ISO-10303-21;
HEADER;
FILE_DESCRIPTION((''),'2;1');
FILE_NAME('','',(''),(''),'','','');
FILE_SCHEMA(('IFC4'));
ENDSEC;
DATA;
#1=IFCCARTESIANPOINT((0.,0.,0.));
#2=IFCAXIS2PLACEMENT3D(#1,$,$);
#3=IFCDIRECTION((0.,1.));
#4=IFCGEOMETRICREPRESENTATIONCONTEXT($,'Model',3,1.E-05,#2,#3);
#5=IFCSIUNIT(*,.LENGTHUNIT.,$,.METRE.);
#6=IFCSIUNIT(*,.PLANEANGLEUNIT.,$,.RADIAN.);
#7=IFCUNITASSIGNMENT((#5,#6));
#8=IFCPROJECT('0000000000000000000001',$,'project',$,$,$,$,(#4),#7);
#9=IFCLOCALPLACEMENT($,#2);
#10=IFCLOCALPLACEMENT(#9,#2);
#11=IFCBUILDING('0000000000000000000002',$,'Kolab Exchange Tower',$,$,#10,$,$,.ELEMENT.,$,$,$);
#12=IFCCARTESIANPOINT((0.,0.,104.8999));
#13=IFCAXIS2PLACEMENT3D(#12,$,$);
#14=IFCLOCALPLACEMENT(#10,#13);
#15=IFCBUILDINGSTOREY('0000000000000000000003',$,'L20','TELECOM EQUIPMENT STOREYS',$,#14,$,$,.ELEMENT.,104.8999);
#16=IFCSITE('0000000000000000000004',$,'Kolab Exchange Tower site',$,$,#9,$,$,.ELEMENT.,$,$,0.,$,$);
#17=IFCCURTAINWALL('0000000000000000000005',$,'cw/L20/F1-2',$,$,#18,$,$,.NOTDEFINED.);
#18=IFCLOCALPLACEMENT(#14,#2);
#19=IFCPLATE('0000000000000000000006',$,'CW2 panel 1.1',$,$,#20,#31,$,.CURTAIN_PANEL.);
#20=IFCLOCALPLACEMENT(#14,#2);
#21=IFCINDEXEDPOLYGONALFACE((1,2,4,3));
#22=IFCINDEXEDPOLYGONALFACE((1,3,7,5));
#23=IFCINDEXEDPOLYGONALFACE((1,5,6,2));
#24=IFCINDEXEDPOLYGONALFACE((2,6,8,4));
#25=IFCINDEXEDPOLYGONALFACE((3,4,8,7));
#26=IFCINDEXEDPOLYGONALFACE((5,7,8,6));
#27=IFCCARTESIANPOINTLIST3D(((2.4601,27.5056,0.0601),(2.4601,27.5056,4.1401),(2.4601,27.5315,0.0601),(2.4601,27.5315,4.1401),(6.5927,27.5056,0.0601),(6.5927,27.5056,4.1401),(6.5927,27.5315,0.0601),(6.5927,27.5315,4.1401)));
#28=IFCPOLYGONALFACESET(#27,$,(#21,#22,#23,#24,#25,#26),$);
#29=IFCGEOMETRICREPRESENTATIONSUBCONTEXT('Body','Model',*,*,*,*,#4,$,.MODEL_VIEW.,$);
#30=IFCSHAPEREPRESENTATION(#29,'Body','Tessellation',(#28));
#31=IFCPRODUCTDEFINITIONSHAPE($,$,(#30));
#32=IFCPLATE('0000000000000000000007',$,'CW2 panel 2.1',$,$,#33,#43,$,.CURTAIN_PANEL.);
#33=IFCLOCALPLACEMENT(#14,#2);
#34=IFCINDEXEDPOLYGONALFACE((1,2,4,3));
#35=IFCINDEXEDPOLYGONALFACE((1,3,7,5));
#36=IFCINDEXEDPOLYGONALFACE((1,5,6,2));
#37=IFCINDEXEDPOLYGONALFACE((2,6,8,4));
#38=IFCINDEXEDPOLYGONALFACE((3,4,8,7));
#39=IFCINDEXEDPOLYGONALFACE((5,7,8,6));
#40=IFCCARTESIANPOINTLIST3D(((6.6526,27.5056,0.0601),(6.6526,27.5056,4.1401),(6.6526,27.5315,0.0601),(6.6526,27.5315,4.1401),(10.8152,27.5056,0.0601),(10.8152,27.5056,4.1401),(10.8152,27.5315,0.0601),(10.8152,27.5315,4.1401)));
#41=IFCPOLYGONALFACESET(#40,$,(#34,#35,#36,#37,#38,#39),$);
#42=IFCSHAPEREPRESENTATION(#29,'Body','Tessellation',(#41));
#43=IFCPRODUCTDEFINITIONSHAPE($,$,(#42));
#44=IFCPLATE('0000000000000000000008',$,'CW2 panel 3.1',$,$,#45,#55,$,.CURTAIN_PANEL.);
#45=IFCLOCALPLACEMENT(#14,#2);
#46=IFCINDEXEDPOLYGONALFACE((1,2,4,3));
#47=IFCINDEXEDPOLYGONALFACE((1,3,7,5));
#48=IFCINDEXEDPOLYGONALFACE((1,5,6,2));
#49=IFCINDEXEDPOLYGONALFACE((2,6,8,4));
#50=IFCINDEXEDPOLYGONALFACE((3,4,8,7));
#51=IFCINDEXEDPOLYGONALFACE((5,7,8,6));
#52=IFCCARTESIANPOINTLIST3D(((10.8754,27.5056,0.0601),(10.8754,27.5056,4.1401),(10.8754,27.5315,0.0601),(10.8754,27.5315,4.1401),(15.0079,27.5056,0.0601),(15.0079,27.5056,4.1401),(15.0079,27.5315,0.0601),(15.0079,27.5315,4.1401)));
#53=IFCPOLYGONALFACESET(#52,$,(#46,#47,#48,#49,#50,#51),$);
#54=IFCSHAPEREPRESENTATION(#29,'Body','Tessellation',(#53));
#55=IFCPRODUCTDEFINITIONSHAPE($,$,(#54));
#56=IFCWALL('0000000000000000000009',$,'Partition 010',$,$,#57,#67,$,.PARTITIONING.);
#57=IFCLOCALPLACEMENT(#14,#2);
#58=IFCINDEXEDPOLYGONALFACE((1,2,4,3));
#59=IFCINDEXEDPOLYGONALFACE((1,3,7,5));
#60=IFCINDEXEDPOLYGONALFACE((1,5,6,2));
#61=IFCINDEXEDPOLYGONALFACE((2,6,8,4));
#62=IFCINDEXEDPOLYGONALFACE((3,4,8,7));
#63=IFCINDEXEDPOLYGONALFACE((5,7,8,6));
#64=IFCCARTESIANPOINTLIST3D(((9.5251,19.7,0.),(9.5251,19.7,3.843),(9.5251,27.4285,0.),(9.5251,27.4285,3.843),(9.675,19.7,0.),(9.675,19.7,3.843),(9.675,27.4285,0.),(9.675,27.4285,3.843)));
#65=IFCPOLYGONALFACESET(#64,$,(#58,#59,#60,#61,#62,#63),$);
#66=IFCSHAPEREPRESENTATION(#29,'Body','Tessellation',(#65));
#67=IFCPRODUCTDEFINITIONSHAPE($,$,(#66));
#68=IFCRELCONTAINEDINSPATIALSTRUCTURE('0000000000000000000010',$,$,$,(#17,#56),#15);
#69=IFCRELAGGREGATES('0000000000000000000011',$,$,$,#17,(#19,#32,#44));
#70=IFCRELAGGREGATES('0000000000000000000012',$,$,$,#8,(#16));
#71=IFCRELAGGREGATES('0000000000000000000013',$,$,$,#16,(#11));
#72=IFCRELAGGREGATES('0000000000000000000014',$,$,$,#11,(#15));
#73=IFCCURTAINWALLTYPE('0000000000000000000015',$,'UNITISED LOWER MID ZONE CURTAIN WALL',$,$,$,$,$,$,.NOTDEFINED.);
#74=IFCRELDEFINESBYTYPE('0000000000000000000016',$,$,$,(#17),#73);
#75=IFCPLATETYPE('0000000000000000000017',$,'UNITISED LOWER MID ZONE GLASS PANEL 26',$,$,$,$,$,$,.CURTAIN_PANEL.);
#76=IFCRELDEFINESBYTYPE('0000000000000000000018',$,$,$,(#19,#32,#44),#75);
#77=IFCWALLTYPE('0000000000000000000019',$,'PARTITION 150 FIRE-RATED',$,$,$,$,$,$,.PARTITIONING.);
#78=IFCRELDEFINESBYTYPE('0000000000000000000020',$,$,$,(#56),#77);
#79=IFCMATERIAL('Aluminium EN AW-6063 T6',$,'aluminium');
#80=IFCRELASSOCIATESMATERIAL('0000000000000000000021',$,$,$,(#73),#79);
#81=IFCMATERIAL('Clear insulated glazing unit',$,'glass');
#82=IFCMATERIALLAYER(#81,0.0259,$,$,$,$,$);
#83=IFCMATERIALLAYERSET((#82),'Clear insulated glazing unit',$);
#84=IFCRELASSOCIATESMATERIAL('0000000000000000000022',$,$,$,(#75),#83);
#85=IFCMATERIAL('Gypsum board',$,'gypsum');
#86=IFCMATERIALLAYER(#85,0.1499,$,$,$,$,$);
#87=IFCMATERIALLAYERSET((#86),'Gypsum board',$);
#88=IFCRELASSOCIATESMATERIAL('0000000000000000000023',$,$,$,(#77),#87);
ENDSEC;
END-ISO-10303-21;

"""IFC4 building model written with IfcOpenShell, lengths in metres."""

from ifc_helpers import new_model, si_unit, direction, frame, frame_2d, origin, origin_2d, place, context, subcontext, project, spatial, rectangle, extrude, material, layer, layer_set, type_object, element, aggregate, save


model = new_model("IFC4")

# Units and contexts
model_context = context("Model", 3, precision=1e-05, world=origin(), true_north=direction((0.0, 1.0)))
body_context = subcontext(model_context, "Body", "Model", "MODEL_VIEW")
ifc_project = project(units=[si_unit("LENGTHUNIT", "METRE"), si_unit("PLANEANGLEUNIT", "RADIAN")], contexts=[model_context])

# Site, building, storey
site_placement = place(None, origin())
site = spatial("IfcSite", under=ifc_project, at=site_placement, Name="Kolab Exchange Tower site", CompositionType="ELEMENT", RefElevation=0.0)
building_placement = place(site_placement, origin())
building = spatial("IfcBuilding", under=site, at=building_placement, Name="Kolab Exchange Tower", CompositionType="ELEMENT")
storey_placement = place(building_placement, frame((0.0, 0.0, 104.8999)))
storey = spatial("IfcBuildingStorey", under=building, at=storey_placement, Name="L20", Description="TELECOM EQUIPMENT STOREYS", CompositionType="ELEMENT", Elevation=104.8999)

# Curtain wall, plates
ifc_material_1 = material(Name="Aluminium EN AW-6063 T6", Category="aluminium")
curtain_wall_type = type_object("IfcCurtainWallType", Name="UNITISED LOWER MID ZONE CURTAIN WALL", PredefinedType="NOTDEFINED", material=ifc_material_1)
curtain_wall_placement = place(storey_placement, origin())
curtain_wall = element("IfcCurtainWall", 1, at=curtain_wall_placement, inside=storey, type_object=curtain_wall_type, Name="cw/L20/F1-2", PredefinedType="NOTDEFINED")
ifc_material_2 = material(Name="Clear insulated glazing unit", Category="glass")
ifc_layer_1 = layer(ifc_material_2, 0.0259)
ifc_layer_set_1 = layer_set([ifc_layer_1], Name="Clear insulated glazing unit")
plate_type = type_object("IfcPlateType", Name="UNITISED LOWER MID ZONE GLASS PANEL 26", PredefinedType="CURTAIN_PANEL", material=ifc_layer_set_1)
plate_1_placement = place(storey_placement, frame((4.5264, 27.5186, 0.0601), z_axis=(0.0, 0.0, 1.0), x_axis=(1.0, 0.0, 0.0)))
plate_1 = element("IfcPlate", 2, at=plate_1_placement, type_object=plate_type, Name="CW2 panel 1.1", PredefinedType="CURTAIN_PANEL", context=body_context, shape_type="SweptSolid", body=[
    extrude(rectangle(XDim=4.1326, YDim=0.0259, at=origin_2d()), origin(), (0.0, 0.0, 1.0), 4.0801),
])
plate_2_placement = place(storey_placement, frame((8.7339, 27.5186, 0.0601), z_axis=(0.0, 0.0, 1.0), x_axis=(1.0, 0.0, 0.0)))
plate_2 = element("IfcPlate", 3, at=plate_2_placement, type_object=plate_type, Name="CW2 panel 2.1", PredefinedType="CURTAIN_PANEL", context=body_context, shape_type="SweptSolid", body=[
    extrude(rectangle(XDim=4.1626, YDim=0.0259, at=origin_2d()), origin(), (0.0, 0.0, 1.0), 4.0801),
])
plate_3_placement = place(storey_placement, frame((12.9417, 27.5186, 0.0601), z_axis=(0.0, 0.0, 1.0), x_axis=(1.0, 0.0, 0.0)))
plate_3 = element("IfcPlate", 4, at=plate_3_placement, type_object=plate_type, Name="CW2 panel 3.1", PredefinedType="CURTAIN_PANEL", context=body_context, shape_type="SweptSolid", body=[
    extrude(rectangle(XDim=4.1326, YDim=0.0259, at=origin_2d()), origin(), (0.0, 0.0, 1.0), 4.0801),
])
aggregate(curtain_wall, [plate_1, plate_2, plate_3])

# Wall
ifc_material_3 = material(Name="Gypsum board", Category="gypsum")
ifc_layer_2 = layer(ifc_material_3, 0.1499)
ifc_layer_set_2 = layer_set([ifc_layer_2], Name="Gypsum board")
wall_type = type_object("IfcWallType", Name="PARTITION 150 FIRE-RATED", PredefinedType="PARTITIONING", material=ifc_layer_set_2)
wall_placement = place(storey_placement, frame((9.6001, 19.7, 0.0), z_axis=(0.0, 0.0, 1.0), x_axis=(0.0, 1.0, 0.0)))
element("IfcWall", 5, at=wall_placement, inside=storey, type_object=wall_type, Name="Partition 010", PredefinedType="PARTITIONING", context=body_context, shape_type="SweptSolid", body=[
    extrude(rectangle(XDim=7.7285, YDim=0.1499, at=frame_2d((3.8643, 0.0))), origin(), (0.0, 0.0, 1.0), 3.843),
])

save(model, "model.ifc")
